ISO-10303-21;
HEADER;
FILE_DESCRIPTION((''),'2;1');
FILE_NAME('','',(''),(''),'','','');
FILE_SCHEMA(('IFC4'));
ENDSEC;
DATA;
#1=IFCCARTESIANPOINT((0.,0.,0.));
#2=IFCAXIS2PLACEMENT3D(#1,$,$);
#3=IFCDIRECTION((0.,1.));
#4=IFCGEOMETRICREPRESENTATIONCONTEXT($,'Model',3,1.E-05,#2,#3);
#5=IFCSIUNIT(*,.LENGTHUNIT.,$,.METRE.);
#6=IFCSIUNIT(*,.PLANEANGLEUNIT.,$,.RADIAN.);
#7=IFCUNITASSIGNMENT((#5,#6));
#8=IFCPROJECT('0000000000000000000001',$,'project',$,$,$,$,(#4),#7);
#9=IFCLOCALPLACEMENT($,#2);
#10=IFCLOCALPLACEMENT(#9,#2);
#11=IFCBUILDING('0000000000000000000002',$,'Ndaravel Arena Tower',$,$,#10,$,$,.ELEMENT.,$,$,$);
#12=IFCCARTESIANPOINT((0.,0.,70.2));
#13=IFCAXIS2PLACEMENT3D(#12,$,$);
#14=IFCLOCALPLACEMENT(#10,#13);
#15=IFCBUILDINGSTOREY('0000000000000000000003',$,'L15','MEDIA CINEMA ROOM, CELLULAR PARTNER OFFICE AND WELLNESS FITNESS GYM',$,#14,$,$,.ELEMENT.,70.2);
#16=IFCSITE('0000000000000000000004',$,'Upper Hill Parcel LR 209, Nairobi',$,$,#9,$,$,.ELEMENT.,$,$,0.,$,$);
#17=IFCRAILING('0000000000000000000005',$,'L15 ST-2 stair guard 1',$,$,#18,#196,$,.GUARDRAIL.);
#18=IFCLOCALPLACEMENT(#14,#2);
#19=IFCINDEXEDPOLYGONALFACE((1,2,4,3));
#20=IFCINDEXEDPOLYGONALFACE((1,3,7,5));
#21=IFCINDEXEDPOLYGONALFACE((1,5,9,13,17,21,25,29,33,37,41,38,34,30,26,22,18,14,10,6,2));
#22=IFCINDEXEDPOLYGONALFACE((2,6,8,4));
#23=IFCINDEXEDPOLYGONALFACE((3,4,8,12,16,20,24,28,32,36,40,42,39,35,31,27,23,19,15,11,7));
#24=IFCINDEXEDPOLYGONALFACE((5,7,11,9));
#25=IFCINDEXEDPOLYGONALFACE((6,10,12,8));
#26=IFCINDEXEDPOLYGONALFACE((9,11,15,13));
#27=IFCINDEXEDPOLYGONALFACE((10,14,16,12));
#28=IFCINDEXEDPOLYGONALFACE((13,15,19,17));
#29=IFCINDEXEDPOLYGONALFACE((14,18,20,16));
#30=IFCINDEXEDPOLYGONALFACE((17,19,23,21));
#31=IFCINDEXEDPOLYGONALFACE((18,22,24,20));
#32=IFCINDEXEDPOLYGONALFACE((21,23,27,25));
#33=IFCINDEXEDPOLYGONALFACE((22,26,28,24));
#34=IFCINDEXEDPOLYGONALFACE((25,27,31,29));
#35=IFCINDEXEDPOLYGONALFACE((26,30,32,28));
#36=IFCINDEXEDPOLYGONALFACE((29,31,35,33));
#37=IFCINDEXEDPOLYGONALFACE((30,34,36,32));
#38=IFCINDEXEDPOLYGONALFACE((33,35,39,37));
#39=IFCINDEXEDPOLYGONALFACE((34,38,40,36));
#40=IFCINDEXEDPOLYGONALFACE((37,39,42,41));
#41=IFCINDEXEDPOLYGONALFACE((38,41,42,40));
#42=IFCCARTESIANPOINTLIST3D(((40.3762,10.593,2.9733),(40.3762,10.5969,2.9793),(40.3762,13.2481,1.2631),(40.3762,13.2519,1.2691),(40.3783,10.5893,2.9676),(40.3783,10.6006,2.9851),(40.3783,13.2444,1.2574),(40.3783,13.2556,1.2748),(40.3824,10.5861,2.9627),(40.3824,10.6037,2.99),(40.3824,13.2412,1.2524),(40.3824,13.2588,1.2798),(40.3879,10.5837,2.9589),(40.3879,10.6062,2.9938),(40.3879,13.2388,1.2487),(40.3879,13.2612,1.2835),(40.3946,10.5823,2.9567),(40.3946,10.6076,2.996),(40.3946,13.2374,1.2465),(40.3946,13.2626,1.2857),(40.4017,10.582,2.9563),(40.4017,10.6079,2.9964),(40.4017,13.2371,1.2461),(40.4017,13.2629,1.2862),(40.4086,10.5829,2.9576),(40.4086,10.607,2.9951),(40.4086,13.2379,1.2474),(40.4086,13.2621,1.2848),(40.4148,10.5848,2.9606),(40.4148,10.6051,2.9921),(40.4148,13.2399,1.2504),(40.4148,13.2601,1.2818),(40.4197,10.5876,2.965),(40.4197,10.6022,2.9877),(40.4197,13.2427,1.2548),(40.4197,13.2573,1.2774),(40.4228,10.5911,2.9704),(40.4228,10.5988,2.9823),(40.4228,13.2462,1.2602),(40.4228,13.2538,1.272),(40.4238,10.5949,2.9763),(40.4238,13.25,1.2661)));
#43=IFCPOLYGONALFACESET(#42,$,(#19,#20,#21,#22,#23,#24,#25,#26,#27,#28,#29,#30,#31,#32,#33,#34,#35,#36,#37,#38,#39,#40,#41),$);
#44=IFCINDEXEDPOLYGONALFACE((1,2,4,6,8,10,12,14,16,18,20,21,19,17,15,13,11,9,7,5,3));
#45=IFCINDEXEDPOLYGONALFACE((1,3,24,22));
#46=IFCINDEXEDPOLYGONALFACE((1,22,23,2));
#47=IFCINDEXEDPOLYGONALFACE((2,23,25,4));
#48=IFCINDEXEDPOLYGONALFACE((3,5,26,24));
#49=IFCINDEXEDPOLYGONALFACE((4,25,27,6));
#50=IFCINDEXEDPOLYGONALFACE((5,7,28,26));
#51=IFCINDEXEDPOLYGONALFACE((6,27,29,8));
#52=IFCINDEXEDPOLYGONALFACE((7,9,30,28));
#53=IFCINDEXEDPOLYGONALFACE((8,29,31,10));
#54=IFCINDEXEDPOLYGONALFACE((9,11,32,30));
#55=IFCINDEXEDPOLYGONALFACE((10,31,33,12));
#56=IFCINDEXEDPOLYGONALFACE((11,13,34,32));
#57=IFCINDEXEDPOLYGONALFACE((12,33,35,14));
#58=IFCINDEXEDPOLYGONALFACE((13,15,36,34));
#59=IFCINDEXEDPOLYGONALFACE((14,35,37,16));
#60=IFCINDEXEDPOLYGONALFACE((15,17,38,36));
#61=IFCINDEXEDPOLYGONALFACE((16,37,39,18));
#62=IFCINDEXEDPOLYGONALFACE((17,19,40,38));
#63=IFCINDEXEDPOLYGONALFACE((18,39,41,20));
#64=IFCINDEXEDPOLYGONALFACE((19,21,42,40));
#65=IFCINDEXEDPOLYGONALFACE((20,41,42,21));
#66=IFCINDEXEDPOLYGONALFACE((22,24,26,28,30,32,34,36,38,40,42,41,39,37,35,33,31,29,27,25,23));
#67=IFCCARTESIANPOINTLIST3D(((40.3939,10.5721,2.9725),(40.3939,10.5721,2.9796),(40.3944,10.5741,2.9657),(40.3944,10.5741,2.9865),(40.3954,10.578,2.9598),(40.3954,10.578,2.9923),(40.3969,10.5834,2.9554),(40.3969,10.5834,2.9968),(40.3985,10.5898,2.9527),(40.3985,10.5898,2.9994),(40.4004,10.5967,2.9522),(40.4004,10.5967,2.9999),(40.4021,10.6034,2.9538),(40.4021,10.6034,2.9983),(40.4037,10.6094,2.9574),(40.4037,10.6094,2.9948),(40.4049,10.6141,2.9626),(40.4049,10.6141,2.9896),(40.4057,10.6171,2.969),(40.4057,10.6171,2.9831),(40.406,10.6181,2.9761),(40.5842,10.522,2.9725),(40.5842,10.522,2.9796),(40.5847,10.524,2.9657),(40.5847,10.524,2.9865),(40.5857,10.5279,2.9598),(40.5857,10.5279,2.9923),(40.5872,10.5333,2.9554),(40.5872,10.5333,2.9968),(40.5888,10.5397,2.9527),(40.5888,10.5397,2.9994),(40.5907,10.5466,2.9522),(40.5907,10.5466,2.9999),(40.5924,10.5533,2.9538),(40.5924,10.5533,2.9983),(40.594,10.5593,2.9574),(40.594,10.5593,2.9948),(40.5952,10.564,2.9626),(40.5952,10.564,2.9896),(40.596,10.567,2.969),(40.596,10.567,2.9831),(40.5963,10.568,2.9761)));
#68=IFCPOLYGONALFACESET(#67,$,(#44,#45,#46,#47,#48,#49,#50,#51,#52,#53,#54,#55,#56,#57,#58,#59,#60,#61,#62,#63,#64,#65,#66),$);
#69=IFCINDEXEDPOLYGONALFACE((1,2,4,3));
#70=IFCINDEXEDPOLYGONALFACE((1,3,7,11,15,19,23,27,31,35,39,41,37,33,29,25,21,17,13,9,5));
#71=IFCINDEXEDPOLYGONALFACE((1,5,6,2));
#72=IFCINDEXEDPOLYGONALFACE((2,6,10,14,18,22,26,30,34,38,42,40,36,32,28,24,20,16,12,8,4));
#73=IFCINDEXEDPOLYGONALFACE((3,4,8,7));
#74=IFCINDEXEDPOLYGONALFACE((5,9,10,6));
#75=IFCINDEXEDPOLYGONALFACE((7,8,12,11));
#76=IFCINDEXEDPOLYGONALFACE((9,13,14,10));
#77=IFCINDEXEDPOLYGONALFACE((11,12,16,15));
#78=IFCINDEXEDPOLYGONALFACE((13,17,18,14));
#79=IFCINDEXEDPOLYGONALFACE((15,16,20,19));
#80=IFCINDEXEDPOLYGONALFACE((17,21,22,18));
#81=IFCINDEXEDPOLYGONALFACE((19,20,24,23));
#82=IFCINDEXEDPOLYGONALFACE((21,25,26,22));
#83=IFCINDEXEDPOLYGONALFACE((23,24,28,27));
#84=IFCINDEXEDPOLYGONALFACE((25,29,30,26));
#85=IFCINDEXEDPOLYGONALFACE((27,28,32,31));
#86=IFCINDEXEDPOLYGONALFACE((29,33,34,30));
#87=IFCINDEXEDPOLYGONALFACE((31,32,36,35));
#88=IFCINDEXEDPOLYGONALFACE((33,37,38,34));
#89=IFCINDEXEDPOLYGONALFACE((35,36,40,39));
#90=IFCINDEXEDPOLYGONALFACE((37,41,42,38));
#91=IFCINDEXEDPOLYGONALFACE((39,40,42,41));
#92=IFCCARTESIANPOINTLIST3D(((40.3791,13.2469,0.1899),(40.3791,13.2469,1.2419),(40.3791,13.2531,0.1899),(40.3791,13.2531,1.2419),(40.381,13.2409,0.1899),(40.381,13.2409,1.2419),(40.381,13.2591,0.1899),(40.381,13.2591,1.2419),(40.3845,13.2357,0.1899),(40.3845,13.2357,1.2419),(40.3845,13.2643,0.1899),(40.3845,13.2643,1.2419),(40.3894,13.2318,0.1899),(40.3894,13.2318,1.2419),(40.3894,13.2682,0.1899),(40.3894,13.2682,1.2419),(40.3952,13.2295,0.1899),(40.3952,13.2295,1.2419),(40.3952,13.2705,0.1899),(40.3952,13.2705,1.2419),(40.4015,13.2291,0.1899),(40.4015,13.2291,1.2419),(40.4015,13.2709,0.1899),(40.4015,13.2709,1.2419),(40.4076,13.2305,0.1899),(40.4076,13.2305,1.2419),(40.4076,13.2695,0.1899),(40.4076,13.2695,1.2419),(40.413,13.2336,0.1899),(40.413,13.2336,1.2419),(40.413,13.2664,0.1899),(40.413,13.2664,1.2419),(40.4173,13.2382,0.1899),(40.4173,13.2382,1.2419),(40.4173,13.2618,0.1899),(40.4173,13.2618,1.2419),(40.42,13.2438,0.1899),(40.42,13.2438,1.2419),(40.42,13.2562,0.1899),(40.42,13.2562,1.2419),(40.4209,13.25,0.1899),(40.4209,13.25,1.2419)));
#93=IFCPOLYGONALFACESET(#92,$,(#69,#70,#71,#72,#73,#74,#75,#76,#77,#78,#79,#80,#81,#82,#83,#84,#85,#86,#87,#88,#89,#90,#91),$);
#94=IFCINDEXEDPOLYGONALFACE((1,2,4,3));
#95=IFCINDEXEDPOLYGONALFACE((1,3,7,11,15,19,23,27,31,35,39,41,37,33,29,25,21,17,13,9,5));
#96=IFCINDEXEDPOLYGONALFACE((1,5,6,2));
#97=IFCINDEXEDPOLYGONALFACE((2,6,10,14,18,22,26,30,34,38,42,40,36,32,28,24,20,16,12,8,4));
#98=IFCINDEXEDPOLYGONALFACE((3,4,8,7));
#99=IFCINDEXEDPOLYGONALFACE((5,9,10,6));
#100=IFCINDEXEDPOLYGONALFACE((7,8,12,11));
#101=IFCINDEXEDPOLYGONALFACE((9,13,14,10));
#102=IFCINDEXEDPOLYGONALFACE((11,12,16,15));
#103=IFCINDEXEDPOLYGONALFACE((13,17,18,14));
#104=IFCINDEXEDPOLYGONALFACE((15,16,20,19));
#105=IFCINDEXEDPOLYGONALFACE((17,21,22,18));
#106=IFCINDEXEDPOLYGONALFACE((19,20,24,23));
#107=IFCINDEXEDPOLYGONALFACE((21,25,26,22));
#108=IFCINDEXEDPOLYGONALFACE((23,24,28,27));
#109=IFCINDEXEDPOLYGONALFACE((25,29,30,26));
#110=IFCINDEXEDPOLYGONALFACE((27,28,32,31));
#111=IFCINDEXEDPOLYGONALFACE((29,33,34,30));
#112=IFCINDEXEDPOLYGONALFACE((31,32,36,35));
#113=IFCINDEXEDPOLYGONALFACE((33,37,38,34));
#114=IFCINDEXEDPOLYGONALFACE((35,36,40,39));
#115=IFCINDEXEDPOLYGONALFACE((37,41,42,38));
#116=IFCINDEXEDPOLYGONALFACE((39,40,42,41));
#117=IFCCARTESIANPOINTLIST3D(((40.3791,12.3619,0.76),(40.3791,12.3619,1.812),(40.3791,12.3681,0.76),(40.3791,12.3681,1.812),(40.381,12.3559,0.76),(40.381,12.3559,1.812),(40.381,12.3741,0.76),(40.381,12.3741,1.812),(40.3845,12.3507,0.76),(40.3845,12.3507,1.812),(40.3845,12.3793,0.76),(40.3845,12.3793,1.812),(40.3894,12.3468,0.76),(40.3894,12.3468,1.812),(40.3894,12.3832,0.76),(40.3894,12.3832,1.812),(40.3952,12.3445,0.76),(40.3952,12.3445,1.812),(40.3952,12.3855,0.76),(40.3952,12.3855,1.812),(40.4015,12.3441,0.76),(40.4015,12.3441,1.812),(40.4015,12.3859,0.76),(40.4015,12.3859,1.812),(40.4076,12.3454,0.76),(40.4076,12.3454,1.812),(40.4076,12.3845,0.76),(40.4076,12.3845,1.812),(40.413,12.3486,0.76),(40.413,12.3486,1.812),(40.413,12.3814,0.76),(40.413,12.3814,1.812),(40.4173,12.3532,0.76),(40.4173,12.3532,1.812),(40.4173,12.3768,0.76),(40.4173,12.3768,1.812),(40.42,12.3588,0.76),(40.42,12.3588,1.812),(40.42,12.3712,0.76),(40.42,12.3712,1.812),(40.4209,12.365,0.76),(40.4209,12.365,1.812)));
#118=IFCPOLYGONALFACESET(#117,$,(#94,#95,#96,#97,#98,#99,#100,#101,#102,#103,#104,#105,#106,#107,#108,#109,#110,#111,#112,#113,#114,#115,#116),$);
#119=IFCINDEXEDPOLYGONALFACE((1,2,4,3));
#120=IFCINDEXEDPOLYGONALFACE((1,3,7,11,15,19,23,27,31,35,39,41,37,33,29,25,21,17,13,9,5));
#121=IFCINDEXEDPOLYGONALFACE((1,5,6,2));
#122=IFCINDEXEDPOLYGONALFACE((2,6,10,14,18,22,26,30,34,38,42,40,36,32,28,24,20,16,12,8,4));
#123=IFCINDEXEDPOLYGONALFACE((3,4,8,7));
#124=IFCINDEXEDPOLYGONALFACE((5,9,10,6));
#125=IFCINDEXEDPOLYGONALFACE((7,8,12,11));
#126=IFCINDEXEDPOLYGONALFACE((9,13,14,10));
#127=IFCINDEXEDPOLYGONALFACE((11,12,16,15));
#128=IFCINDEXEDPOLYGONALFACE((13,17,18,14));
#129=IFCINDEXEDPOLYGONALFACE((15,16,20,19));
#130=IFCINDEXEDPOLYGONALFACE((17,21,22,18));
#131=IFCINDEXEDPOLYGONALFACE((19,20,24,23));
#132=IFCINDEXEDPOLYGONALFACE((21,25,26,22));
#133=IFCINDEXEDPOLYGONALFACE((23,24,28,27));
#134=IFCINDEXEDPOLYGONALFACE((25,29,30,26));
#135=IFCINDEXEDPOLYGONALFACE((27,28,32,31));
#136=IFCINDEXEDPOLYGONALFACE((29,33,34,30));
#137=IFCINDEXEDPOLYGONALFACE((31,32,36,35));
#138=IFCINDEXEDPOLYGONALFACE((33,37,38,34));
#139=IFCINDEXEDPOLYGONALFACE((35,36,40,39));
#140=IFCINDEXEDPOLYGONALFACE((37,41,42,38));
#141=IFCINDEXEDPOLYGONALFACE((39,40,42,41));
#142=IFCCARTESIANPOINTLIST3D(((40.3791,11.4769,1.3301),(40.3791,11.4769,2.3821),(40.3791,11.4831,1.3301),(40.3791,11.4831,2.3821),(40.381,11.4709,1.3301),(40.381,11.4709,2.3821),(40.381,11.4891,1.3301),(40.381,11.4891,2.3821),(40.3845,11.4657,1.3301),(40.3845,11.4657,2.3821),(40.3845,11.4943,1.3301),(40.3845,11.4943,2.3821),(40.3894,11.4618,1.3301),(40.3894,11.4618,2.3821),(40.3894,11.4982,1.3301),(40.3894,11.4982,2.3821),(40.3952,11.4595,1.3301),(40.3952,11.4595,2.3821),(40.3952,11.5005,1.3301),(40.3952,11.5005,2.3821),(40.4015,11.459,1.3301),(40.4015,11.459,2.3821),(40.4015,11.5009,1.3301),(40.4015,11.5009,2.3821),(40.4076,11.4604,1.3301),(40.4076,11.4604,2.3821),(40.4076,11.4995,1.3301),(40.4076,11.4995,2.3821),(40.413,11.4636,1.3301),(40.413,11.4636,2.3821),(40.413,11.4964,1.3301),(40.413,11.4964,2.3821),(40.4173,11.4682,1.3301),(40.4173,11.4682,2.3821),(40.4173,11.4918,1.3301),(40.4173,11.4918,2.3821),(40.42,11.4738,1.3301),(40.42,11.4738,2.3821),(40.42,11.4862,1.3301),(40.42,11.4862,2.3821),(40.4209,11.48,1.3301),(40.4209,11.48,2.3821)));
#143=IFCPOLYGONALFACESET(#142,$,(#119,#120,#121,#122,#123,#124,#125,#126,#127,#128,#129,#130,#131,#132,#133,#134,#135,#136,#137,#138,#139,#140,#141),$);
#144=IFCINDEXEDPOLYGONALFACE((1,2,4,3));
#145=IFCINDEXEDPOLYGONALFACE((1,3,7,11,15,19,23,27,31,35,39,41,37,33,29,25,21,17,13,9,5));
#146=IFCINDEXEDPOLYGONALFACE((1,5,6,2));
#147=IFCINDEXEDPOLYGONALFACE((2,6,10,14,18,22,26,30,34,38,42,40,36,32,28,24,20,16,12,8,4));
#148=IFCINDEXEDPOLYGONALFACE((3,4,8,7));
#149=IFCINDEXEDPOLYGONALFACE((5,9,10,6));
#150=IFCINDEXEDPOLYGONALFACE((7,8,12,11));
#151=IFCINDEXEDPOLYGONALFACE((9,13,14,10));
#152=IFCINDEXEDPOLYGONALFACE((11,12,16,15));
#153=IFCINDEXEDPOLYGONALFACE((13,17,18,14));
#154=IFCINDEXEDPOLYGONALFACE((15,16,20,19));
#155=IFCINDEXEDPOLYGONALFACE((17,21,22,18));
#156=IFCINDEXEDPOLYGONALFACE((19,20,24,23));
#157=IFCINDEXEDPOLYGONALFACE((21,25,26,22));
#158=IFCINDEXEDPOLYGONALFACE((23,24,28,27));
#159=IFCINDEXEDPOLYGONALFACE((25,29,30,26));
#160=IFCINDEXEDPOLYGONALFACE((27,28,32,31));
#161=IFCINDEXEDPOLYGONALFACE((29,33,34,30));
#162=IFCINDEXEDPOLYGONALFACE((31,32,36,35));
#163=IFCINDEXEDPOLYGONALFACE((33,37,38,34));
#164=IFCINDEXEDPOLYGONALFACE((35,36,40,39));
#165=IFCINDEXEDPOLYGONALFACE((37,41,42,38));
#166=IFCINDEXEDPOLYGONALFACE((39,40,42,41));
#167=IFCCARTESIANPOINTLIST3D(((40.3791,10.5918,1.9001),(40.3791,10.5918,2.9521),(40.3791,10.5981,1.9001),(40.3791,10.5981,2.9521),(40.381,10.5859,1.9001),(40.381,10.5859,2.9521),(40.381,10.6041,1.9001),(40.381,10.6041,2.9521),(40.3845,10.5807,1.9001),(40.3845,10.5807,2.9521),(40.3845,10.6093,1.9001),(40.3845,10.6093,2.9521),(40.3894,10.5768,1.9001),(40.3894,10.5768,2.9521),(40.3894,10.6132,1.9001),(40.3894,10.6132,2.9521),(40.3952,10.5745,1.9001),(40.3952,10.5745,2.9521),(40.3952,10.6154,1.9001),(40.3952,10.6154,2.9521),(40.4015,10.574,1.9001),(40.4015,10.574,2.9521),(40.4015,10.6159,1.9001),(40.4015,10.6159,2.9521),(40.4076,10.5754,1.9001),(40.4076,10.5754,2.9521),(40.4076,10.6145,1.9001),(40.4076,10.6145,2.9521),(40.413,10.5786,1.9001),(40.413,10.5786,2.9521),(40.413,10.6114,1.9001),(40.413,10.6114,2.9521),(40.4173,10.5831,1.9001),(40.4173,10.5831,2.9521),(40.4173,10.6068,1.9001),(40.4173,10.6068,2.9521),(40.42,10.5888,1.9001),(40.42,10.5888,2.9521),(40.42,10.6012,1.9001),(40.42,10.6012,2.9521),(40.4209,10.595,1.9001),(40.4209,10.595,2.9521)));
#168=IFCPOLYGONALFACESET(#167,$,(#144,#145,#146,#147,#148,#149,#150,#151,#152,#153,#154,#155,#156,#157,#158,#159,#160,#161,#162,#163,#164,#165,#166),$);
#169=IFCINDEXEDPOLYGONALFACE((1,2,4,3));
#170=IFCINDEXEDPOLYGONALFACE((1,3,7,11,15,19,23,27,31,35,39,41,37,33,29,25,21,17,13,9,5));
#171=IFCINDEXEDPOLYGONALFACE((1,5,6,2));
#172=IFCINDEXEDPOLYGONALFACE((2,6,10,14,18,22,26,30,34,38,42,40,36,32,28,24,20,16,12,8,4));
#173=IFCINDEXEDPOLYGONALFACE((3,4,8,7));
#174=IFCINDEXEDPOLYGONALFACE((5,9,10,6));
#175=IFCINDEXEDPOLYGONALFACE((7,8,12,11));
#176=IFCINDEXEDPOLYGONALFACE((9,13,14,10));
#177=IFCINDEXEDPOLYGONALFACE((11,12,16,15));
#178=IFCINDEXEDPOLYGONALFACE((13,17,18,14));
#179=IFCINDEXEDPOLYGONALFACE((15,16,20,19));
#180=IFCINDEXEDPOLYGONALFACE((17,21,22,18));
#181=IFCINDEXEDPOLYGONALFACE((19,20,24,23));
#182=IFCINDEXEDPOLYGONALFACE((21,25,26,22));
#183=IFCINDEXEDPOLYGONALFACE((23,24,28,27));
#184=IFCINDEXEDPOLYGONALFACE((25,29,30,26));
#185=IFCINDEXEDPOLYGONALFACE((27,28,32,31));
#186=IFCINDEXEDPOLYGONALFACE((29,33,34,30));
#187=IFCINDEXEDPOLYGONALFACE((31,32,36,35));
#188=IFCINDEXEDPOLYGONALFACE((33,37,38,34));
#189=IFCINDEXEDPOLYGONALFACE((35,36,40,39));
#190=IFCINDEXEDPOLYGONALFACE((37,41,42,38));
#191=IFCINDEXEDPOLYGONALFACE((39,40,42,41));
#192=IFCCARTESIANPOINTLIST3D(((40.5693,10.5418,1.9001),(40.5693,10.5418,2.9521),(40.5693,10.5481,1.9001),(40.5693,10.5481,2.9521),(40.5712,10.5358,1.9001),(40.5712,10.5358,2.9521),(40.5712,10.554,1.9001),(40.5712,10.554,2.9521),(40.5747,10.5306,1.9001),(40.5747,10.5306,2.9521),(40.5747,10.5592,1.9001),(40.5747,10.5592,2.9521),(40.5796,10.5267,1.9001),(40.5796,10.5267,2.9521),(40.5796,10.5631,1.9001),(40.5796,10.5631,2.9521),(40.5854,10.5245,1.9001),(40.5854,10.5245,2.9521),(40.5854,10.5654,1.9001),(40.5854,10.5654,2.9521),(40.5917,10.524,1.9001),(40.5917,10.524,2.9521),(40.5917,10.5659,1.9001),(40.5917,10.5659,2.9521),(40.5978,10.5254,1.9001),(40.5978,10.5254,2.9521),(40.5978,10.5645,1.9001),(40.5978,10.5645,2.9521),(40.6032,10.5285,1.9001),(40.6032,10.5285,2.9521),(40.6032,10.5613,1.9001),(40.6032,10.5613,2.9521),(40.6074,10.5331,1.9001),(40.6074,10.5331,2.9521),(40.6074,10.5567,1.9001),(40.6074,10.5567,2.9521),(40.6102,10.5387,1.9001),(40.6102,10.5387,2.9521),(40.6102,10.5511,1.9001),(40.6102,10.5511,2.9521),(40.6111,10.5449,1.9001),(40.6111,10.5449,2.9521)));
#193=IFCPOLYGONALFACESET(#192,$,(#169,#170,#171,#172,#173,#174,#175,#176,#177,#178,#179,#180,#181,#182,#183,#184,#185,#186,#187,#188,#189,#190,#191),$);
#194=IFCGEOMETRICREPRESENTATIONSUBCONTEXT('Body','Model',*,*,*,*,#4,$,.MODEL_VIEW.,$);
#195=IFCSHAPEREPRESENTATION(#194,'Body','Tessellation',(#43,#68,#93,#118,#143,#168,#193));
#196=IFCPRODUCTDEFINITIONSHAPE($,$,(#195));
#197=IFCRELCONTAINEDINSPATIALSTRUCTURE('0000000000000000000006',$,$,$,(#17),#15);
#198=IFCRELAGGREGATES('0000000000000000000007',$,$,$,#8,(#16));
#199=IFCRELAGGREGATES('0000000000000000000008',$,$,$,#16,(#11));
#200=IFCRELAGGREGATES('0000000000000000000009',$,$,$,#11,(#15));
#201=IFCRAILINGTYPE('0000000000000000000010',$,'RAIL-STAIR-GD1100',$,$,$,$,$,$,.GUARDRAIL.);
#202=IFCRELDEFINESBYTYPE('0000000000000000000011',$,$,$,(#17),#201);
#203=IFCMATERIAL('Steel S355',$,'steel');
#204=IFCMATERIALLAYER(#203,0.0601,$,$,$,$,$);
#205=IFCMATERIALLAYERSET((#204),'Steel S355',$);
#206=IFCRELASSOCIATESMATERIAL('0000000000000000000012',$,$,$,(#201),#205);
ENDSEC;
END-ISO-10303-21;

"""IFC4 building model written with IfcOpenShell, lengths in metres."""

from ifc_helpers import new_model, si_unit, direction, frame, origin, origin_2d, place, context, subcontext, project, spatial, circle, extrude, material, layer, layer_set, type_object, element, save


model = new_model("IFC4")

# Units and contexts
model_context = context("Model", 3, precision=1e-05, world=origin(), true_north=direction((0.0, 1.0)))
body_context = subcontext(model_context, "Body", "Model", "MODEL_VIEW")
ifc_project = project(units=[si_unit("LENGTHUNIT", "METRE"), si_unit("PLANEANGLEUNIT", "RADIAN")], contexts=[model_context])

# Site, building, storey
site_placement = place(None, origin())
site = spatial("IfcSite", under=ifc_project, at=site_placement, Name="Upper Hill Parcel LR 209, Nairobi", CompositionType="ELEMENT", RefElevation=0.0)
building_placement = place(site_placement, origin())
building = spatial("IfcBuilding", under=site, at=building_placement, Name="Ndaravel Arena Tower", CompositionType="ELEMENT")
storey_placement = place(building_placement, frame((0.0, 0.0, 70.2)))
storey = spatial("IfcBuildingStorey", under=building, at=storey_placement, Name="L15", Description="MEDIA CINEMA ROOM, CELLULAR PARTNER OFFICE AND WELLNESS FITNESS GYM", CompositionType="ELEMENT", Elevation=70.2)

# Railing
ifc_material_1 = material(Name="Steel S355", Category="steel")
ifc_layer_1 = layer(ifc_material_1, 0.0601)
ifc_layer_set_1 = layer_set([ifc_layer_1], Name="Steel S355")
railing_type_1 = type_object("IfcRailingType", Name="RAIL-STAIR-GD1100", PredefinedType="GUARDRAIL", material=ifc_layer_set_1)
railing_1_placement = place(storey_placement, frame((40.3999, 13.25, 0.1899)))
element("IfcRailing", 1, at=railing_1_placement, inside=storey, type_object=railing_type_1, Name="L15 ST-2 stair guard 1", PredefinedType="GUARDRAIL", context=body_context, shape_type="SweptSolid", body=[
    extrude(circle(Radius=0.0239, at=origin_2d()), frame((0.0, 0.0, 1.0762), z_axis=(0.0, -0.840688, 0.541519), x_axis=(1.0, 0.0, 0.0)), (0.0, 0.0, 1.0), 3.1582),
    extrude(circle(Radius=0.0239, at=origin_2d()), frame((0.0, -2.655, 2.7861), z_axis=(0.967075, -0.254493, 0.0), x_axis=(0.254493, 0.967075, 0.0)), (0.0, 0.0, 1.0), 0.1968),
    extrude(circle(Radius=0.021, at=origin_2d()), origin(), (0.0, 0.0, 1.0), 1.052),
    extrude(circle(Radius=0.021, at=origin_2d()), frame((0.0, -0.885, 0.5701)), (0.0, 0.0, 1.0), 1.052),
    extrude(circle(Radius=0.021, at=origin_2d()), frame((0.0, -1.77, 1.1401)), (0.0, 0.0, 1.0), 1.052),
    extrude(circle(Radius=0.021, at=origin_2d()), frame((0.0, -2.655, 1.7102)), (0.0, 0.0, 1.0), 1.052),
    extrude(circle(Radius=0.021, at=origin_2d()), frame((0.1902, -2.7051, 1.7102)), (0.0, 0.0, 1.0), 1.052),
])

save(model, "model.ifc")
